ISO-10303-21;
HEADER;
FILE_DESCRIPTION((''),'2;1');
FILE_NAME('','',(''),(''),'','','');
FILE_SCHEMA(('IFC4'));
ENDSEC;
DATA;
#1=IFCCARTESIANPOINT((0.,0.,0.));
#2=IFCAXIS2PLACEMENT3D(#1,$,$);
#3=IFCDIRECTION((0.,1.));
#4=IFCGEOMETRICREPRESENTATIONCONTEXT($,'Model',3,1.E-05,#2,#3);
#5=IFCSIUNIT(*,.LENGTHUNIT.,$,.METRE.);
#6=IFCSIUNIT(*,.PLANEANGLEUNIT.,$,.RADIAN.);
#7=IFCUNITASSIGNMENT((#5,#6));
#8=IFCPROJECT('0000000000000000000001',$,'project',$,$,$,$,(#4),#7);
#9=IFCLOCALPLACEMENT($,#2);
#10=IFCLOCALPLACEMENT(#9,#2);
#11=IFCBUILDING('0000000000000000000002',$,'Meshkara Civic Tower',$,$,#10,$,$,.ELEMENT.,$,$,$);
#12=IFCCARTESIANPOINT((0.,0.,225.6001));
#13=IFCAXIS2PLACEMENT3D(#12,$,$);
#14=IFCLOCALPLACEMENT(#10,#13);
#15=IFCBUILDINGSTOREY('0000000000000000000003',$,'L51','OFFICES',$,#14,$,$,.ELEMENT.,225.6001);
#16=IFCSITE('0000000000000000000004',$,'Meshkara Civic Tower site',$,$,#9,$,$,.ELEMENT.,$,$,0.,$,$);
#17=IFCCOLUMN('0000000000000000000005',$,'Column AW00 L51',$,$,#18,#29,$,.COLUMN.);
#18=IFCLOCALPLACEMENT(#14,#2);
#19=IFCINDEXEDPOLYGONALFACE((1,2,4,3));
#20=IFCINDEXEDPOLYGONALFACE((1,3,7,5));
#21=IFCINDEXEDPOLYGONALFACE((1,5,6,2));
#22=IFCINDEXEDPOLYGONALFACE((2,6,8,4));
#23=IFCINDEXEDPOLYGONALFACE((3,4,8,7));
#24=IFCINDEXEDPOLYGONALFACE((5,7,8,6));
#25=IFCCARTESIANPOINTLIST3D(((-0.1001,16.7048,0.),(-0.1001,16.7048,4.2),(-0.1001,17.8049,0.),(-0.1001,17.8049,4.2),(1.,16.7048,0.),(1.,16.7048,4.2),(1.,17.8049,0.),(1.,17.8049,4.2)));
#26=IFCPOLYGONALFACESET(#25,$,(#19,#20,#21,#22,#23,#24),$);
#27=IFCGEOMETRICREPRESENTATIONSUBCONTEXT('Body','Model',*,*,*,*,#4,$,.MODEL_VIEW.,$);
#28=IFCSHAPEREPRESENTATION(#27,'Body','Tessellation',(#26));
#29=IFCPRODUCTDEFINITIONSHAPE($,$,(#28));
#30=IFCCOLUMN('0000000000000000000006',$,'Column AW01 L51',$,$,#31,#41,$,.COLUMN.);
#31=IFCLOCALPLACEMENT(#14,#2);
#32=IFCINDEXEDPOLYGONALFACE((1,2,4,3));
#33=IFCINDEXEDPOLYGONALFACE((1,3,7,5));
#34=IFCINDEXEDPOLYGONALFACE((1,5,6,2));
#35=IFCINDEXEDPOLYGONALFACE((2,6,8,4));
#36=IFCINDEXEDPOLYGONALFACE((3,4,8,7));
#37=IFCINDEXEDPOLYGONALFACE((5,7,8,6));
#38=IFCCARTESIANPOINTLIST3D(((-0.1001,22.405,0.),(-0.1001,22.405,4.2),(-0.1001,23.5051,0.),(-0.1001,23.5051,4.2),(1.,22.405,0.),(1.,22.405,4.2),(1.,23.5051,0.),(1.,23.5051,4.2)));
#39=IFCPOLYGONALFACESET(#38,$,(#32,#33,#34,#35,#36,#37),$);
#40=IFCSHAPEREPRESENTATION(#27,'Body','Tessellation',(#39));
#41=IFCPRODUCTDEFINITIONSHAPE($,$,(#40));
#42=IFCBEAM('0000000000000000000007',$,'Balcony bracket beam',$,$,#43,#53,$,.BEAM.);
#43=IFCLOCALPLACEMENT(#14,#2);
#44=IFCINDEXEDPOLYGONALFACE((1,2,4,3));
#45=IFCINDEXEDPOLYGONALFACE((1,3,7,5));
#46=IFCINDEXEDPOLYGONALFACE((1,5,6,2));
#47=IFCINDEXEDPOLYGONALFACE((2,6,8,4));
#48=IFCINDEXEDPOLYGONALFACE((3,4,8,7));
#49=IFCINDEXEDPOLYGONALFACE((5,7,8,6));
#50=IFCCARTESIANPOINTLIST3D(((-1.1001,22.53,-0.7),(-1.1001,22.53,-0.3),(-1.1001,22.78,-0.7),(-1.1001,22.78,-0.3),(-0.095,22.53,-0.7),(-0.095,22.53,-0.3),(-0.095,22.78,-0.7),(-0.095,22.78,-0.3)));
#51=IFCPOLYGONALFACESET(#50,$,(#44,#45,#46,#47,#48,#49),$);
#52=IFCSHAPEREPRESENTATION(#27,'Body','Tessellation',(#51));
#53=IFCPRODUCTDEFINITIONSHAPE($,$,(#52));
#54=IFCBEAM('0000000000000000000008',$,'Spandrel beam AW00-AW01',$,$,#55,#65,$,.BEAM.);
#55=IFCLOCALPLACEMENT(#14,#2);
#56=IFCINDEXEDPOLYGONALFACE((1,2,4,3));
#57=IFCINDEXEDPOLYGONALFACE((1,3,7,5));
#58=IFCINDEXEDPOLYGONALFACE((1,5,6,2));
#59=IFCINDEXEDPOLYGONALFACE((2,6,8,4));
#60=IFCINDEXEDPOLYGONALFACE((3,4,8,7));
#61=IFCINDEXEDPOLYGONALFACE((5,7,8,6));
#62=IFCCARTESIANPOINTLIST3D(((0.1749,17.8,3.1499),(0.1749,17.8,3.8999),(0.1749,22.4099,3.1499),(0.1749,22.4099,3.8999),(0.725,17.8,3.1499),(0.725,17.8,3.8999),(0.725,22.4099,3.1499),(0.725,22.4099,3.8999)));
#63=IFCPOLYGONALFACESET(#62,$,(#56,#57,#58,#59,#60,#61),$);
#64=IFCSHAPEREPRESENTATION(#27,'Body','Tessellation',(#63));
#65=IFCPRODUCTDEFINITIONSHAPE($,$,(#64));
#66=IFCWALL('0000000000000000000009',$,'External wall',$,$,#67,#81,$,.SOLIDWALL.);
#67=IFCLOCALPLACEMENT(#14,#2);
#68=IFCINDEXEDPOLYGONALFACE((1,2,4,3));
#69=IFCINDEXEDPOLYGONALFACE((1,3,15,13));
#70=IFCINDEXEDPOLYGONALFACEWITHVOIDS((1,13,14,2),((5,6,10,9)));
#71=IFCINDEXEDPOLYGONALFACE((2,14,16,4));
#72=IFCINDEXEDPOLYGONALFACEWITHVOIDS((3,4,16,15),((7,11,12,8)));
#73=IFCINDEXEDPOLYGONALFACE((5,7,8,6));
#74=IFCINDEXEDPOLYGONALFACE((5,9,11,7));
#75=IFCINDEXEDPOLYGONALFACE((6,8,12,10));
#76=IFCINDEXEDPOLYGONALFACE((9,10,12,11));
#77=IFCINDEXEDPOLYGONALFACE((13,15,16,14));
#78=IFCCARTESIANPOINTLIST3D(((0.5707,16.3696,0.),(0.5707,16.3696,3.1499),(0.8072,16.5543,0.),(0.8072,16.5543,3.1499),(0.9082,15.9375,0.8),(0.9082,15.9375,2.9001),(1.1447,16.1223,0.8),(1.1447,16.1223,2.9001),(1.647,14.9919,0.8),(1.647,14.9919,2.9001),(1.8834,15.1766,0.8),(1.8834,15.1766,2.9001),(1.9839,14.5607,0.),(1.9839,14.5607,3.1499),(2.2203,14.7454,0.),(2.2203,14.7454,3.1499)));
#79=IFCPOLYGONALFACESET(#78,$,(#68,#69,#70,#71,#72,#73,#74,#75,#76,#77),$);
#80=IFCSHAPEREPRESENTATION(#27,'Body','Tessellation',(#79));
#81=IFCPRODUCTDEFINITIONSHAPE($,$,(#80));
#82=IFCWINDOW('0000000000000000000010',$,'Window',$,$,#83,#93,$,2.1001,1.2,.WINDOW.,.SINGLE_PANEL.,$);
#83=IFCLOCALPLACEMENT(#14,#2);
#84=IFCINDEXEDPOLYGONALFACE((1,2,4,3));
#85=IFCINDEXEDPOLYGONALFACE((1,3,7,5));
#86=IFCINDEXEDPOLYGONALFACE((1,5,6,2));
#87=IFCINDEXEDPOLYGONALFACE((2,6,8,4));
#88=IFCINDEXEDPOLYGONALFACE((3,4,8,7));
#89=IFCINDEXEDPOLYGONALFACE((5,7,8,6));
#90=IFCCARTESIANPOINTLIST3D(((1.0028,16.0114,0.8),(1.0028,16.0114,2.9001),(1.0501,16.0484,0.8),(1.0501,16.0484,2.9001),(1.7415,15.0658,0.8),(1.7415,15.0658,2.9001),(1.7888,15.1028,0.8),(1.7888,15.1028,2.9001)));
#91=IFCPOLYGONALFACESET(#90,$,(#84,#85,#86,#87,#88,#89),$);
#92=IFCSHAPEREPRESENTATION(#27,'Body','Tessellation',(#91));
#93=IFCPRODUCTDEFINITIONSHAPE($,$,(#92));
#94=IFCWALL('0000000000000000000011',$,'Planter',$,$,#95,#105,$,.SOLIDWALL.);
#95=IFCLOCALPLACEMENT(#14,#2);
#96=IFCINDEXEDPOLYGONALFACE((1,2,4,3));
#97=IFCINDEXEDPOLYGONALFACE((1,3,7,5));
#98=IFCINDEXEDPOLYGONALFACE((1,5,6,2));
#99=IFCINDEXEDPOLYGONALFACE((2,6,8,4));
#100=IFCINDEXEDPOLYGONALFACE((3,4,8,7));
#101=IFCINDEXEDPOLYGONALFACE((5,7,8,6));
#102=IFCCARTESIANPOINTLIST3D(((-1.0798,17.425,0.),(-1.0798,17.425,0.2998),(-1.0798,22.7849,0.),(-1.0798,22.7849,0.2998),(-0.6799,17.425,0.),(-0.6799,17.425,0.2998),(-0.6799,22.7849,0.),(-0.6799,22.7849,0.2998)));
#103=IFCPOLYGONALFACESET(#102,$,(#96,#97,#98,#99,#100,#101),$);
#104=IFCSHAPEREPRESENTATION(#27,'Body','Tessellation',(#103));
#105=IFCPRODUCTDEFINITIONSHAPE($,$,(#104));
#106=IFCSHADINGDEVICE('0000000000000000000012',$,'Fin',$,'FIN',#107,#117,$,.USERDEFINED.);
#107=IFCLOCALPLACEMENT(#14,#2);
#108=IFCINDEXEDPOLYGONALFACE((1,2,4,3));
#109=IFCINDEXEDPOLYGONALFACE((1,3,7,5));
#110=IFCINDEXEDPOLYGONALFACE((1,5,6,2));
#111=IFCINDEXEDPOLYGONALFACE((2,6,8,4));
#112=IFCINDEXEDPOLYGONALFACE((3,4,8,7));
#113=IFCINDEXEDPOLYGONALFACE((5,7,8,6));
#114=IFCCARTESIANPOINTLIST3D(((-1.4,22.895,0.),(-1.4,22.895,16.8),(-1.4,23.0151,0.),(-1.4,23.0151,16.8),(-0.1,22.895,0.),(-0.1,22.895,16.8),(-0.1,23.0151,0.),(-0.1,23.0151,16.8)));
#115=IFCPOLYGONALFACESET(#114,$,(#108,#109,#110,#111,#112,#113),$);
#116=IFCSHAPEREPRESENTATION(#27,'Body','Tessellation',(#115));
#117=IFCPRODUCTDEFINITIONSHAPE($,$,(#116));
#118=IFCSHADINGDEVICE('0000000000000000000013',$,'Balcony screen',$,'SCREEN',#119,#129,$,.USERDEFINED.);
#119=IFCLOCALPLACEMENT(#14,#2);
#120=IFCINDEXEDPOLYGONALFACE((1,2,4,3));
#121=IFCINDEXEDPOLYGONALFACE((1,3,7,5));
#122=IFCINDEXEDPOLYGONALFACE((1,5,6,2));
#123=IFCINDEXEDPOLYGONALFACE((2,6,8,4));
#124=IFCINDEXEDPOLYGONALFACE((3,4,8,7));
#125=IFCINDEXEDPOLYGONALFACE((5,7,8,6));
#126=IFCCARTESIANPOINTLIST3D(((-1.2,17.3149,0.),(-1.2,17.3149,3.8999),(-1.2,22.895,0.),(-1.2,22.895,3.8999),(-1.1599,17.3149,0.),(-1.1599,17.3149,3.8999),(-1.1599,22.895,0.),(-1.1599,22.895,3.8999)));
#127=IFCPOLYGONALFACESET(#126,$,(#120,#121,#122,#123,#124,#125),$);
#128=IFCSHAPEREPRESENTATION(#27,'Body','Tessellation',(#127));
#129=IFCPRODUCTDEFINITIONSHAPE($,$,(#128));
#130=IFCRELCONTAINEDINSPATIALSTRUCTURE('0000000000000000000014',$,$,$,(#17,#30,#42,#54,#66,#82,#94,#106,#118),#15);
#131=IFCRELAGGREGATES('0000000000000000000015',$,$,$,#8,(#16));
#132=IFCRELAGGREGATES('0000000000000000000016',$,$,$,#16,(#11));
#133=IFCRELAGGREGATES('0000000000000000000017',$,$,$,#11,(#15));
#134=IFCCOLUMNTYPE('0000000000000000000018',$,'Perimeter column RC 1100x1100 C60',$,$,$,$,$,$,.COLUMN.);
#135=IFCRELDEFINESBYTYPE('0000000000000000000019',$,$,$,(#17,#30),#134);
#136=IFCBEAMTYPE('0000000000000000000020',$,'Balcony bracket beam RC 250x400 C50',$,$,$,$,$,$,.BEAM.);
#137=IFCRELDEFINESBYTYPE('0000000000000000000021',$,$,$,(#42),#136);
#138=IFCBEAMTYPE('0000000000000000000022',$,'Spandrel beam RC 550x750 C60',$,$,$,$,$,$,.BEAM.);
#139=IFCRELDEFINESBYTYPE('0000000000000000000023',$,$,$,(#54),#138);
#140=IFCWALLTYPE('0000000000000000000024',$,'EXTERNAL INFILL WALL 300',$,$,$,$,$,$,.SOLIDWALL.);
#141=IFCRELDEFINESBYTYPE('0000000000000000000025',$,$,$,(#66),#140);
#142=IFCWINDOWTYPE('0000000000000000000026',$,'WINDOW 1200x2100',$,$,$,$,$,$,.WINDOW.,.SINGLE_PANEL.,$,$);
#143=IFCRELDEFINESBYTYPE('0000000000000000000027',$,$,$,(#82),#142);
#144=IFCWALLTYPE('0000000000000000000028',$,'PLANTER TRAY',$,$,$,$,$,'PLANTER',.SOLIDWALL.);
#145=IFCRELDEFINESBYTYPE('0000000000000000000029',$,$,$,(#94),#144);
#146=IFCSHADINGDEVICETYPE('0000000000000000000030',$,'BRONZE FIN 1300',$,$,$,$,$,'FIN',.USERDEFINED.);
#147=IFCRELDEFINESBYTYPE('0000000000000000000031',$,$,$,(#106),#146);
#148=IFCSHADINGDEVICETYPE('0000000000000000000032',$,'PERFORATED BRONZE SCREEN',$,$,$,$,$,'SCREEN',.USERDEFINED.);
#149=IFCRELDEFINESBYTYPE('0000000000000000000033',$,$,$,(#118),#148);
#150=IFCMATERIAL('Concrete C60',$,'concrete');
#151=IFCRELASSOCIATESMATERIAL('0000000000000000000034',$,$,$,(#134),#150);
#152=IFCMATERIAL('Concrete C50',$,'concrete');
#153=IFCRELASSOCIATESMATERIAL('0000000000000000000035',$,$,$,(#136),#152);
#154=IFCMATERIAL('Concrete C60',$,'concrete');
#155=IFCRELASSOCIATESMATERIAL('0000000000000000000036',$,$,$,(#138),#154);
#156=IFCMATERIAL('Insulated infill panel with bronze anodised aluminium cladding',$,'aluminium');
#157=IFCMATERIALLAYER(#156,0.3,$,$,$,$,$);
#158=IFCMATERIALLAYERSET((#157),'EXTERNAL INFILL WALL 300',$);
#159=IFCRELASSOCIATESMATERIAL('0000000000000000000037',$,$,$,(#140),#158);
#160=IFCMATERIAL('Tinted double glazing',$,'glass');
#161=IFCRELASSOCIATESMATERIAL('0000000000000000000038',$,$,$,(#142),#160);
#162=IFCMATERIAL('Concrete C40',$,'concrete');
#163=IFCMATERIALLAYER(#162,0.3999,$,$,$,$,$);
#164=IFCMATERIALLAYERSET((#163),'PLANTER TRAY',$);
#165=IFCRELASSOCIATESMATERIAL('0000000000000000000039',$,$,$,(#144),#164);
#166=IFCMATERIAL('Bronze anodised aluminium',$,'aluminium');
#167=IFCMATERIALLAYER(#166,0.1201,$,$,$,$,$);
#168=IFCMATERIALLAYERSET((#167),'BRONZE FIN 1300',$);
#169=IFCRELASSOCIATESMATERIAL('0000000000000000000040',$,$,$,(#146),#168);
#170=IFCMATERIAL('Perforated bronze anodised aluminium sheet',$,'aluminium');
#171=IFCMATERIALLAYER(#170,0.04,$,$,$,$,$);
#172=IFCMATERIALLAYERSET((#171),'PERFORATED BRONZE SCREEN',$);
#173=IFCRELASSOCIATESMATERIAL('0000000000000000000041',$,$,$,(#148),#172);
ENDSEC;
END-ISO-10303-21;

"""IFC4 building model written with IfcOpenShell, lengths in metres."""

from ifc_helpers import new_model, si_unit, direction, frame, frame_2d, origin, origin_2d, place, context, subcontext, project, spatial, rectangle, extrude, material, layer, layer_set, material_profile, profile_set, type_object, element, fill, save


model = new_model("IFC4")

# Units and contexts
model_context = context("Model", 3, precision=1e-05, world=origin(), true_north=direction((0.0, 1.0)))
body_context = subcontext(model_context, "Body", "Model", "MODEL_VIEW")
ifc_project = project(units=[si_unit("LENGTHUNIT", "METRE"), si_unit("PLANEANGLEUNIT", "RADIAN")], contexts=[model_context])

# Site, building, storey
site_placement = place(None, origin())
site = spatial("IfcSite", under=ifc_project, at=site_placement, Name="Meshkara Civic Tower site", CompositionType="ELEMENT", RefElevation=0.0)
building_placement = place(site_placement, origin())
building = spatial("IfcBuilding", under=site, at=building_placement, Name="Meshkara Civic Tower", CompositionType="ELEMENT")
storey_placement = place(building_placement, frame((0.0, 0.0, 225.6001)))
storey = spatial("IfcBuildingStorey", under=building, at=storey_placement, Name="L51", Description="OFFICES", CompositionType="ELEMENT", Elevation=225.6001)

# Columns
ifc_material_1 = material(Name="Concrete C60", Category="concrete")
ifc_material_profile_1 = material_profile(ifc_material_1, rectangle(XDim=1.1001, YDim=1.1001, at=origin_2d()))
ifc_profile_set_1 = profile_set([ifc_material_profile_1], Name="Concrete C60")
column_type = type_object("IfcColumnType", Name="Perimeter column RC 1100x1100 C60", PredefinedType="COLUMN", material=ifc_profile_set_1)
for number, where, z_axis, x_axis, name in (
    (1, (0.45, 17.2549, 0.0), (0.0, 0.0, 1.0), (1.0, 0.0, 0.0), "Column AW00 L51"),
    (2, (0.45, 22.9551, 0.0), (0.0, 0.0, 1.0), (1.0, 0.0, 0.0), "Column AW01 L51"),
):
    element("IfcColumn", number, at=place(storey_placement, frame(where, z_axis=z_axis, x_axis=x_axis)), inside=storey, type_object=column_type, Name=name, PredefinedType="COLUMN", context=body_context, shape_type="SweptSolid", body=[
        extrude(rectangle(XDim=1.1001, YDim=1.1001, at=origin_2d()), origin(), (0.0, 0.0, 1.0), 4.2),
    ])

# Beams
ifc_material_2 = material(Name="Concrete C50", Category="concrete")
ifc_material_profile_2 = material_profile(ifc_material_2, rectangle(XDim=0.25, YDim=0.3999, at=origin_2d()))
ifc_profile_set_2 = profile_set([ifc_material_profile_2], Name="Concrete C50")
beam_type_1 = type_object("IfcBeamType", Name="Balcony bracket beam RC 250x400 C50", PredefinedType="BEAM", material=ifc_profile_set_2)
beam_1_placement = place(storey_placement, frame((-0.095, 22.655, -0.5), z_axis=(-1.0, 0.0, 0.0), x_axis=(0.0, -1.0, 0.0)))
element("IfcBeam", 3, at=beam_1_placement, inside=storey, type_object=beam_type_1, Name="Balcony bracket beam", PredefinedType="BEAM", context=body_context, shape_type="SweptSolid", body=[
    extrude(rectangle(XDim=0.25, YDim=0.3999, at=origin_2d()), origin(), (0.0, 0.0, 1.0), 1.0051),
])
ifc_material_3 = material(Name="Concrete C60", Category="concrete")
ifc_material_profile_3 = material_profile(ifc_material_3, rectangle(XDim=0.55, YDim=0.75, at=origin_2d()))
ifc_profile_set_3 = profile_set([ifc_material_profile_3], Name="Concrete C60")
beam_type_2 = type_object("IfcBeamType", Name="Spandrel beam RC 550x750 C60", PredefinedType="BEAM", material=ifc_profile_set_3)
beam_2_placement = place(storey_placement, frame((0.45, 22.4099, 3.5249), z_axis=(0.0, -1.0, 0.0), x_axis=(1.0, 0.0, 0.0)))
element("IfcBeam", 4, at=beam_2_placement, inside=storey, type_object=beam_type_2, Name="Spandrel beam AW00-AW01", PredefinedType="BEAM", context=body_context, shape_type="SweptSolid", body=[
    extrude(rectangle(XDim=0.55, YDim=0.75, at=origin_2d()), origin(), (0.0, 0.0, 1.0), 4.6099),
])

# Wall, opening, window
ifc_material_4 = material(Name="Insulated infill panel with bronze anodised aluminium cladding", Category="aluminium")
ifc_layer_1 = layer(ifc_material_4, 0.3)
ifc_layer_set_1 = layer_set([ifc_layer_1], Name="EXTERNAL INFILL WALL 300")
wall_type_1 = type_object("IfcWallType", Name="EXTERNAL INFILL WALL 300", PredefinedType="SOLIDWALL", material=ifc_layer_set_1)
wall_1_placement = place(storey_placement, frame((0.689, 16.4619, 0.0), z_axis=(0.0, 0.0, 1.0), x_axis=(0.615625, -0.788039, 0.0)))
wall_1 = element("IfcWall", 5, at=wall_1_placement, inside=storey, type_object=wall_type_1, Name="External wall", PredefinedType="SOLIDWALL", context=body_context, shape_type="SweptSolid", body=[
    extrude(rectangle(XDim=2.2954, YDim=0.3, at=frame_2d((1.1477, 0.0))), origin(), (0.0, 0.0, 1.0), 3.1499),
])
opening_1_placement = place(wall_1_placement, frame((0.5481, 0.0, 0.8)))
opening_1 = element("IfcOpeningElement", 6, at=opening_1_placement, cuts=wall_1, PredefinedType="OPENING", context=body_context, shape_type="SweptSolid", body=[
    extrude(rectangle(XDim=1.2, YDim=2.1001, at=frame_2d((0.6001, 1.05))), frame((0.0, 0.1599, 0.0), z_axis=(0.0, -1.0, 0.0), x_axis=(1.0, 0.0, 0.0)), (0.0, 0.0, 1.0), 0.3201),
])
ifc_material_5 = material(Name="Tinted double glazing", Category="glass")
window_type = type_object("IfcWindowType", Name="WINDOW 1200x2100", PartitioningType="SINGLE_PANEL", PredefinedType="WINDOW", material=ifc_material_5)
window_placement = place(opening_1_placement, origin())
window = element("IfcWindow", 7, at=window_placement, inside=storey, type_object=window_type, Name="Window", OverallHeight=2.1001, OverallWidth=1.2, PartitioningType="SINGLE_PANEL", PredefinedType="WINDOW", context=body_context, shape_type="SweptSolid", body=[
    extrude(rectangle(XDim=1.2, YDim=2.1001, at=frame_2d((0.6001, 1.05))), frame((0.0, 0.03, 0.0), z_axis=(0.0, -1.0, 0.0), x_axis=(1.0, 0.0, 0.0)), (0.0, 0.0, 1.0), 0.0601),
])
fill(opening_1, window)

# Wall
ifc_material_6 = material(Name="Concrete C40", Category="concrete")
ifc_layer_2 = layer(ifc_material_6, 0.3999)
ifc_layer_set_2 = layer_set([ifc_layer_2], Name="PLANTER TRAY")
wall_type_2 = type_object("IfcWallType", Name="PLANTER TRAY", ElementType="PLANTER", PredefinedType="SOLIDWALL", material=ifc_layer_set_2)
wall_2_placement = place(storey_placement, frame((-0.8799, 22.7849, 0.0), z_axis=(0.0, 0.0, 1.0), x_axis=(0.0, -1.0, 0.0)))
element("IfcWall", 8, at=wall_2_placement, inside=storey, type_object=wall_type_2, Name="Planter", PredefinedType="SOLIDWALL", context=body_context, shape_type="SweptSolid", body=[
    extrude(rectangle(XDim=5.3599, YDim=0.3999, at=frame_2d((2.6799, 0.0))), origin(), (0.0, 0.0, 1.0), 0.2998),
])

# Shading devices
ifc_material_7 = material(Name="Bronze anodised aluminium", Category="aluminium")
ifc_layer_3 = layer(ifc_material_7, 0.1201)
ifc_layer_set_3 = layer_set([ifc_layer_3], Name="BRONZE FIN 1300")
shading_device_type_1 = type_object("IfcShadingDeviceType", Name="BRONZE FIN 1300", ElementType="FIN", PredefinedType="USERDEFINED", material=ifc_layer_set_3)
shading_device_1_placement = place(storey_placement, frame((-0.75, 22.9551, 0.0), z_axis=(0.0, 0.0, 1.0), x_axis=(0.0, -1.0, 0.0)))
element("IfcShadingDevice", 9, at=shading_device_1_placement, inside=storey, type_object=shading_device_type_1, Name="Fin", ObjectType="FIN", PredefinedType="USERDEFINED", context=body_context, shape_type="SweptSolid", body=[
    extrude(rectangle(XDim=0.1201, YDim=1.3, at=origin_2d()), origin(), (0.0, 0.0, 1.0), 16.8),
])
ifc_material_8 = material(Name="Perforated bronze anodised aluminium sheet", Category="aluminium")
ifc_layer_4 = layer(ifc_material_8, 0.04)
ifc_layer_set_4 = layer_set([ifc_layer_4], Name="PERFORATED BRONZE SCREEN")
shading_device_type_2 = type_object("IfcShadingDeviceType", Name="PERFORATED BRONZE SCREEN", ElementType="SCREEN", PredefinedType="USERDEFINED", material=ifc_layer_set_4)
shading_device_2_placement = place(storey_placement, frame((-1.1799, 20.105, 0.0), z_axis=(0.0, 0.0, 1.0), x_axis=(0.0, -1.0, 0.0)))
element("IfcShadingDevice", 10, at=shading_device_2_placement, inside=storey, type_object=shading_device_type_2, Name="Balcony screen", ObjectType="SCREEN", PredefinedType="USERDEFINED", context=body_context, shape_type="SweptSolid", body=[
    extrude(rectangle(XDim=5.5801, YDim=0.04, at=origin_2d()), origin(), (0.0, 0.0, 1.0), 3.8999),
])

save(model, "model.ifc")
